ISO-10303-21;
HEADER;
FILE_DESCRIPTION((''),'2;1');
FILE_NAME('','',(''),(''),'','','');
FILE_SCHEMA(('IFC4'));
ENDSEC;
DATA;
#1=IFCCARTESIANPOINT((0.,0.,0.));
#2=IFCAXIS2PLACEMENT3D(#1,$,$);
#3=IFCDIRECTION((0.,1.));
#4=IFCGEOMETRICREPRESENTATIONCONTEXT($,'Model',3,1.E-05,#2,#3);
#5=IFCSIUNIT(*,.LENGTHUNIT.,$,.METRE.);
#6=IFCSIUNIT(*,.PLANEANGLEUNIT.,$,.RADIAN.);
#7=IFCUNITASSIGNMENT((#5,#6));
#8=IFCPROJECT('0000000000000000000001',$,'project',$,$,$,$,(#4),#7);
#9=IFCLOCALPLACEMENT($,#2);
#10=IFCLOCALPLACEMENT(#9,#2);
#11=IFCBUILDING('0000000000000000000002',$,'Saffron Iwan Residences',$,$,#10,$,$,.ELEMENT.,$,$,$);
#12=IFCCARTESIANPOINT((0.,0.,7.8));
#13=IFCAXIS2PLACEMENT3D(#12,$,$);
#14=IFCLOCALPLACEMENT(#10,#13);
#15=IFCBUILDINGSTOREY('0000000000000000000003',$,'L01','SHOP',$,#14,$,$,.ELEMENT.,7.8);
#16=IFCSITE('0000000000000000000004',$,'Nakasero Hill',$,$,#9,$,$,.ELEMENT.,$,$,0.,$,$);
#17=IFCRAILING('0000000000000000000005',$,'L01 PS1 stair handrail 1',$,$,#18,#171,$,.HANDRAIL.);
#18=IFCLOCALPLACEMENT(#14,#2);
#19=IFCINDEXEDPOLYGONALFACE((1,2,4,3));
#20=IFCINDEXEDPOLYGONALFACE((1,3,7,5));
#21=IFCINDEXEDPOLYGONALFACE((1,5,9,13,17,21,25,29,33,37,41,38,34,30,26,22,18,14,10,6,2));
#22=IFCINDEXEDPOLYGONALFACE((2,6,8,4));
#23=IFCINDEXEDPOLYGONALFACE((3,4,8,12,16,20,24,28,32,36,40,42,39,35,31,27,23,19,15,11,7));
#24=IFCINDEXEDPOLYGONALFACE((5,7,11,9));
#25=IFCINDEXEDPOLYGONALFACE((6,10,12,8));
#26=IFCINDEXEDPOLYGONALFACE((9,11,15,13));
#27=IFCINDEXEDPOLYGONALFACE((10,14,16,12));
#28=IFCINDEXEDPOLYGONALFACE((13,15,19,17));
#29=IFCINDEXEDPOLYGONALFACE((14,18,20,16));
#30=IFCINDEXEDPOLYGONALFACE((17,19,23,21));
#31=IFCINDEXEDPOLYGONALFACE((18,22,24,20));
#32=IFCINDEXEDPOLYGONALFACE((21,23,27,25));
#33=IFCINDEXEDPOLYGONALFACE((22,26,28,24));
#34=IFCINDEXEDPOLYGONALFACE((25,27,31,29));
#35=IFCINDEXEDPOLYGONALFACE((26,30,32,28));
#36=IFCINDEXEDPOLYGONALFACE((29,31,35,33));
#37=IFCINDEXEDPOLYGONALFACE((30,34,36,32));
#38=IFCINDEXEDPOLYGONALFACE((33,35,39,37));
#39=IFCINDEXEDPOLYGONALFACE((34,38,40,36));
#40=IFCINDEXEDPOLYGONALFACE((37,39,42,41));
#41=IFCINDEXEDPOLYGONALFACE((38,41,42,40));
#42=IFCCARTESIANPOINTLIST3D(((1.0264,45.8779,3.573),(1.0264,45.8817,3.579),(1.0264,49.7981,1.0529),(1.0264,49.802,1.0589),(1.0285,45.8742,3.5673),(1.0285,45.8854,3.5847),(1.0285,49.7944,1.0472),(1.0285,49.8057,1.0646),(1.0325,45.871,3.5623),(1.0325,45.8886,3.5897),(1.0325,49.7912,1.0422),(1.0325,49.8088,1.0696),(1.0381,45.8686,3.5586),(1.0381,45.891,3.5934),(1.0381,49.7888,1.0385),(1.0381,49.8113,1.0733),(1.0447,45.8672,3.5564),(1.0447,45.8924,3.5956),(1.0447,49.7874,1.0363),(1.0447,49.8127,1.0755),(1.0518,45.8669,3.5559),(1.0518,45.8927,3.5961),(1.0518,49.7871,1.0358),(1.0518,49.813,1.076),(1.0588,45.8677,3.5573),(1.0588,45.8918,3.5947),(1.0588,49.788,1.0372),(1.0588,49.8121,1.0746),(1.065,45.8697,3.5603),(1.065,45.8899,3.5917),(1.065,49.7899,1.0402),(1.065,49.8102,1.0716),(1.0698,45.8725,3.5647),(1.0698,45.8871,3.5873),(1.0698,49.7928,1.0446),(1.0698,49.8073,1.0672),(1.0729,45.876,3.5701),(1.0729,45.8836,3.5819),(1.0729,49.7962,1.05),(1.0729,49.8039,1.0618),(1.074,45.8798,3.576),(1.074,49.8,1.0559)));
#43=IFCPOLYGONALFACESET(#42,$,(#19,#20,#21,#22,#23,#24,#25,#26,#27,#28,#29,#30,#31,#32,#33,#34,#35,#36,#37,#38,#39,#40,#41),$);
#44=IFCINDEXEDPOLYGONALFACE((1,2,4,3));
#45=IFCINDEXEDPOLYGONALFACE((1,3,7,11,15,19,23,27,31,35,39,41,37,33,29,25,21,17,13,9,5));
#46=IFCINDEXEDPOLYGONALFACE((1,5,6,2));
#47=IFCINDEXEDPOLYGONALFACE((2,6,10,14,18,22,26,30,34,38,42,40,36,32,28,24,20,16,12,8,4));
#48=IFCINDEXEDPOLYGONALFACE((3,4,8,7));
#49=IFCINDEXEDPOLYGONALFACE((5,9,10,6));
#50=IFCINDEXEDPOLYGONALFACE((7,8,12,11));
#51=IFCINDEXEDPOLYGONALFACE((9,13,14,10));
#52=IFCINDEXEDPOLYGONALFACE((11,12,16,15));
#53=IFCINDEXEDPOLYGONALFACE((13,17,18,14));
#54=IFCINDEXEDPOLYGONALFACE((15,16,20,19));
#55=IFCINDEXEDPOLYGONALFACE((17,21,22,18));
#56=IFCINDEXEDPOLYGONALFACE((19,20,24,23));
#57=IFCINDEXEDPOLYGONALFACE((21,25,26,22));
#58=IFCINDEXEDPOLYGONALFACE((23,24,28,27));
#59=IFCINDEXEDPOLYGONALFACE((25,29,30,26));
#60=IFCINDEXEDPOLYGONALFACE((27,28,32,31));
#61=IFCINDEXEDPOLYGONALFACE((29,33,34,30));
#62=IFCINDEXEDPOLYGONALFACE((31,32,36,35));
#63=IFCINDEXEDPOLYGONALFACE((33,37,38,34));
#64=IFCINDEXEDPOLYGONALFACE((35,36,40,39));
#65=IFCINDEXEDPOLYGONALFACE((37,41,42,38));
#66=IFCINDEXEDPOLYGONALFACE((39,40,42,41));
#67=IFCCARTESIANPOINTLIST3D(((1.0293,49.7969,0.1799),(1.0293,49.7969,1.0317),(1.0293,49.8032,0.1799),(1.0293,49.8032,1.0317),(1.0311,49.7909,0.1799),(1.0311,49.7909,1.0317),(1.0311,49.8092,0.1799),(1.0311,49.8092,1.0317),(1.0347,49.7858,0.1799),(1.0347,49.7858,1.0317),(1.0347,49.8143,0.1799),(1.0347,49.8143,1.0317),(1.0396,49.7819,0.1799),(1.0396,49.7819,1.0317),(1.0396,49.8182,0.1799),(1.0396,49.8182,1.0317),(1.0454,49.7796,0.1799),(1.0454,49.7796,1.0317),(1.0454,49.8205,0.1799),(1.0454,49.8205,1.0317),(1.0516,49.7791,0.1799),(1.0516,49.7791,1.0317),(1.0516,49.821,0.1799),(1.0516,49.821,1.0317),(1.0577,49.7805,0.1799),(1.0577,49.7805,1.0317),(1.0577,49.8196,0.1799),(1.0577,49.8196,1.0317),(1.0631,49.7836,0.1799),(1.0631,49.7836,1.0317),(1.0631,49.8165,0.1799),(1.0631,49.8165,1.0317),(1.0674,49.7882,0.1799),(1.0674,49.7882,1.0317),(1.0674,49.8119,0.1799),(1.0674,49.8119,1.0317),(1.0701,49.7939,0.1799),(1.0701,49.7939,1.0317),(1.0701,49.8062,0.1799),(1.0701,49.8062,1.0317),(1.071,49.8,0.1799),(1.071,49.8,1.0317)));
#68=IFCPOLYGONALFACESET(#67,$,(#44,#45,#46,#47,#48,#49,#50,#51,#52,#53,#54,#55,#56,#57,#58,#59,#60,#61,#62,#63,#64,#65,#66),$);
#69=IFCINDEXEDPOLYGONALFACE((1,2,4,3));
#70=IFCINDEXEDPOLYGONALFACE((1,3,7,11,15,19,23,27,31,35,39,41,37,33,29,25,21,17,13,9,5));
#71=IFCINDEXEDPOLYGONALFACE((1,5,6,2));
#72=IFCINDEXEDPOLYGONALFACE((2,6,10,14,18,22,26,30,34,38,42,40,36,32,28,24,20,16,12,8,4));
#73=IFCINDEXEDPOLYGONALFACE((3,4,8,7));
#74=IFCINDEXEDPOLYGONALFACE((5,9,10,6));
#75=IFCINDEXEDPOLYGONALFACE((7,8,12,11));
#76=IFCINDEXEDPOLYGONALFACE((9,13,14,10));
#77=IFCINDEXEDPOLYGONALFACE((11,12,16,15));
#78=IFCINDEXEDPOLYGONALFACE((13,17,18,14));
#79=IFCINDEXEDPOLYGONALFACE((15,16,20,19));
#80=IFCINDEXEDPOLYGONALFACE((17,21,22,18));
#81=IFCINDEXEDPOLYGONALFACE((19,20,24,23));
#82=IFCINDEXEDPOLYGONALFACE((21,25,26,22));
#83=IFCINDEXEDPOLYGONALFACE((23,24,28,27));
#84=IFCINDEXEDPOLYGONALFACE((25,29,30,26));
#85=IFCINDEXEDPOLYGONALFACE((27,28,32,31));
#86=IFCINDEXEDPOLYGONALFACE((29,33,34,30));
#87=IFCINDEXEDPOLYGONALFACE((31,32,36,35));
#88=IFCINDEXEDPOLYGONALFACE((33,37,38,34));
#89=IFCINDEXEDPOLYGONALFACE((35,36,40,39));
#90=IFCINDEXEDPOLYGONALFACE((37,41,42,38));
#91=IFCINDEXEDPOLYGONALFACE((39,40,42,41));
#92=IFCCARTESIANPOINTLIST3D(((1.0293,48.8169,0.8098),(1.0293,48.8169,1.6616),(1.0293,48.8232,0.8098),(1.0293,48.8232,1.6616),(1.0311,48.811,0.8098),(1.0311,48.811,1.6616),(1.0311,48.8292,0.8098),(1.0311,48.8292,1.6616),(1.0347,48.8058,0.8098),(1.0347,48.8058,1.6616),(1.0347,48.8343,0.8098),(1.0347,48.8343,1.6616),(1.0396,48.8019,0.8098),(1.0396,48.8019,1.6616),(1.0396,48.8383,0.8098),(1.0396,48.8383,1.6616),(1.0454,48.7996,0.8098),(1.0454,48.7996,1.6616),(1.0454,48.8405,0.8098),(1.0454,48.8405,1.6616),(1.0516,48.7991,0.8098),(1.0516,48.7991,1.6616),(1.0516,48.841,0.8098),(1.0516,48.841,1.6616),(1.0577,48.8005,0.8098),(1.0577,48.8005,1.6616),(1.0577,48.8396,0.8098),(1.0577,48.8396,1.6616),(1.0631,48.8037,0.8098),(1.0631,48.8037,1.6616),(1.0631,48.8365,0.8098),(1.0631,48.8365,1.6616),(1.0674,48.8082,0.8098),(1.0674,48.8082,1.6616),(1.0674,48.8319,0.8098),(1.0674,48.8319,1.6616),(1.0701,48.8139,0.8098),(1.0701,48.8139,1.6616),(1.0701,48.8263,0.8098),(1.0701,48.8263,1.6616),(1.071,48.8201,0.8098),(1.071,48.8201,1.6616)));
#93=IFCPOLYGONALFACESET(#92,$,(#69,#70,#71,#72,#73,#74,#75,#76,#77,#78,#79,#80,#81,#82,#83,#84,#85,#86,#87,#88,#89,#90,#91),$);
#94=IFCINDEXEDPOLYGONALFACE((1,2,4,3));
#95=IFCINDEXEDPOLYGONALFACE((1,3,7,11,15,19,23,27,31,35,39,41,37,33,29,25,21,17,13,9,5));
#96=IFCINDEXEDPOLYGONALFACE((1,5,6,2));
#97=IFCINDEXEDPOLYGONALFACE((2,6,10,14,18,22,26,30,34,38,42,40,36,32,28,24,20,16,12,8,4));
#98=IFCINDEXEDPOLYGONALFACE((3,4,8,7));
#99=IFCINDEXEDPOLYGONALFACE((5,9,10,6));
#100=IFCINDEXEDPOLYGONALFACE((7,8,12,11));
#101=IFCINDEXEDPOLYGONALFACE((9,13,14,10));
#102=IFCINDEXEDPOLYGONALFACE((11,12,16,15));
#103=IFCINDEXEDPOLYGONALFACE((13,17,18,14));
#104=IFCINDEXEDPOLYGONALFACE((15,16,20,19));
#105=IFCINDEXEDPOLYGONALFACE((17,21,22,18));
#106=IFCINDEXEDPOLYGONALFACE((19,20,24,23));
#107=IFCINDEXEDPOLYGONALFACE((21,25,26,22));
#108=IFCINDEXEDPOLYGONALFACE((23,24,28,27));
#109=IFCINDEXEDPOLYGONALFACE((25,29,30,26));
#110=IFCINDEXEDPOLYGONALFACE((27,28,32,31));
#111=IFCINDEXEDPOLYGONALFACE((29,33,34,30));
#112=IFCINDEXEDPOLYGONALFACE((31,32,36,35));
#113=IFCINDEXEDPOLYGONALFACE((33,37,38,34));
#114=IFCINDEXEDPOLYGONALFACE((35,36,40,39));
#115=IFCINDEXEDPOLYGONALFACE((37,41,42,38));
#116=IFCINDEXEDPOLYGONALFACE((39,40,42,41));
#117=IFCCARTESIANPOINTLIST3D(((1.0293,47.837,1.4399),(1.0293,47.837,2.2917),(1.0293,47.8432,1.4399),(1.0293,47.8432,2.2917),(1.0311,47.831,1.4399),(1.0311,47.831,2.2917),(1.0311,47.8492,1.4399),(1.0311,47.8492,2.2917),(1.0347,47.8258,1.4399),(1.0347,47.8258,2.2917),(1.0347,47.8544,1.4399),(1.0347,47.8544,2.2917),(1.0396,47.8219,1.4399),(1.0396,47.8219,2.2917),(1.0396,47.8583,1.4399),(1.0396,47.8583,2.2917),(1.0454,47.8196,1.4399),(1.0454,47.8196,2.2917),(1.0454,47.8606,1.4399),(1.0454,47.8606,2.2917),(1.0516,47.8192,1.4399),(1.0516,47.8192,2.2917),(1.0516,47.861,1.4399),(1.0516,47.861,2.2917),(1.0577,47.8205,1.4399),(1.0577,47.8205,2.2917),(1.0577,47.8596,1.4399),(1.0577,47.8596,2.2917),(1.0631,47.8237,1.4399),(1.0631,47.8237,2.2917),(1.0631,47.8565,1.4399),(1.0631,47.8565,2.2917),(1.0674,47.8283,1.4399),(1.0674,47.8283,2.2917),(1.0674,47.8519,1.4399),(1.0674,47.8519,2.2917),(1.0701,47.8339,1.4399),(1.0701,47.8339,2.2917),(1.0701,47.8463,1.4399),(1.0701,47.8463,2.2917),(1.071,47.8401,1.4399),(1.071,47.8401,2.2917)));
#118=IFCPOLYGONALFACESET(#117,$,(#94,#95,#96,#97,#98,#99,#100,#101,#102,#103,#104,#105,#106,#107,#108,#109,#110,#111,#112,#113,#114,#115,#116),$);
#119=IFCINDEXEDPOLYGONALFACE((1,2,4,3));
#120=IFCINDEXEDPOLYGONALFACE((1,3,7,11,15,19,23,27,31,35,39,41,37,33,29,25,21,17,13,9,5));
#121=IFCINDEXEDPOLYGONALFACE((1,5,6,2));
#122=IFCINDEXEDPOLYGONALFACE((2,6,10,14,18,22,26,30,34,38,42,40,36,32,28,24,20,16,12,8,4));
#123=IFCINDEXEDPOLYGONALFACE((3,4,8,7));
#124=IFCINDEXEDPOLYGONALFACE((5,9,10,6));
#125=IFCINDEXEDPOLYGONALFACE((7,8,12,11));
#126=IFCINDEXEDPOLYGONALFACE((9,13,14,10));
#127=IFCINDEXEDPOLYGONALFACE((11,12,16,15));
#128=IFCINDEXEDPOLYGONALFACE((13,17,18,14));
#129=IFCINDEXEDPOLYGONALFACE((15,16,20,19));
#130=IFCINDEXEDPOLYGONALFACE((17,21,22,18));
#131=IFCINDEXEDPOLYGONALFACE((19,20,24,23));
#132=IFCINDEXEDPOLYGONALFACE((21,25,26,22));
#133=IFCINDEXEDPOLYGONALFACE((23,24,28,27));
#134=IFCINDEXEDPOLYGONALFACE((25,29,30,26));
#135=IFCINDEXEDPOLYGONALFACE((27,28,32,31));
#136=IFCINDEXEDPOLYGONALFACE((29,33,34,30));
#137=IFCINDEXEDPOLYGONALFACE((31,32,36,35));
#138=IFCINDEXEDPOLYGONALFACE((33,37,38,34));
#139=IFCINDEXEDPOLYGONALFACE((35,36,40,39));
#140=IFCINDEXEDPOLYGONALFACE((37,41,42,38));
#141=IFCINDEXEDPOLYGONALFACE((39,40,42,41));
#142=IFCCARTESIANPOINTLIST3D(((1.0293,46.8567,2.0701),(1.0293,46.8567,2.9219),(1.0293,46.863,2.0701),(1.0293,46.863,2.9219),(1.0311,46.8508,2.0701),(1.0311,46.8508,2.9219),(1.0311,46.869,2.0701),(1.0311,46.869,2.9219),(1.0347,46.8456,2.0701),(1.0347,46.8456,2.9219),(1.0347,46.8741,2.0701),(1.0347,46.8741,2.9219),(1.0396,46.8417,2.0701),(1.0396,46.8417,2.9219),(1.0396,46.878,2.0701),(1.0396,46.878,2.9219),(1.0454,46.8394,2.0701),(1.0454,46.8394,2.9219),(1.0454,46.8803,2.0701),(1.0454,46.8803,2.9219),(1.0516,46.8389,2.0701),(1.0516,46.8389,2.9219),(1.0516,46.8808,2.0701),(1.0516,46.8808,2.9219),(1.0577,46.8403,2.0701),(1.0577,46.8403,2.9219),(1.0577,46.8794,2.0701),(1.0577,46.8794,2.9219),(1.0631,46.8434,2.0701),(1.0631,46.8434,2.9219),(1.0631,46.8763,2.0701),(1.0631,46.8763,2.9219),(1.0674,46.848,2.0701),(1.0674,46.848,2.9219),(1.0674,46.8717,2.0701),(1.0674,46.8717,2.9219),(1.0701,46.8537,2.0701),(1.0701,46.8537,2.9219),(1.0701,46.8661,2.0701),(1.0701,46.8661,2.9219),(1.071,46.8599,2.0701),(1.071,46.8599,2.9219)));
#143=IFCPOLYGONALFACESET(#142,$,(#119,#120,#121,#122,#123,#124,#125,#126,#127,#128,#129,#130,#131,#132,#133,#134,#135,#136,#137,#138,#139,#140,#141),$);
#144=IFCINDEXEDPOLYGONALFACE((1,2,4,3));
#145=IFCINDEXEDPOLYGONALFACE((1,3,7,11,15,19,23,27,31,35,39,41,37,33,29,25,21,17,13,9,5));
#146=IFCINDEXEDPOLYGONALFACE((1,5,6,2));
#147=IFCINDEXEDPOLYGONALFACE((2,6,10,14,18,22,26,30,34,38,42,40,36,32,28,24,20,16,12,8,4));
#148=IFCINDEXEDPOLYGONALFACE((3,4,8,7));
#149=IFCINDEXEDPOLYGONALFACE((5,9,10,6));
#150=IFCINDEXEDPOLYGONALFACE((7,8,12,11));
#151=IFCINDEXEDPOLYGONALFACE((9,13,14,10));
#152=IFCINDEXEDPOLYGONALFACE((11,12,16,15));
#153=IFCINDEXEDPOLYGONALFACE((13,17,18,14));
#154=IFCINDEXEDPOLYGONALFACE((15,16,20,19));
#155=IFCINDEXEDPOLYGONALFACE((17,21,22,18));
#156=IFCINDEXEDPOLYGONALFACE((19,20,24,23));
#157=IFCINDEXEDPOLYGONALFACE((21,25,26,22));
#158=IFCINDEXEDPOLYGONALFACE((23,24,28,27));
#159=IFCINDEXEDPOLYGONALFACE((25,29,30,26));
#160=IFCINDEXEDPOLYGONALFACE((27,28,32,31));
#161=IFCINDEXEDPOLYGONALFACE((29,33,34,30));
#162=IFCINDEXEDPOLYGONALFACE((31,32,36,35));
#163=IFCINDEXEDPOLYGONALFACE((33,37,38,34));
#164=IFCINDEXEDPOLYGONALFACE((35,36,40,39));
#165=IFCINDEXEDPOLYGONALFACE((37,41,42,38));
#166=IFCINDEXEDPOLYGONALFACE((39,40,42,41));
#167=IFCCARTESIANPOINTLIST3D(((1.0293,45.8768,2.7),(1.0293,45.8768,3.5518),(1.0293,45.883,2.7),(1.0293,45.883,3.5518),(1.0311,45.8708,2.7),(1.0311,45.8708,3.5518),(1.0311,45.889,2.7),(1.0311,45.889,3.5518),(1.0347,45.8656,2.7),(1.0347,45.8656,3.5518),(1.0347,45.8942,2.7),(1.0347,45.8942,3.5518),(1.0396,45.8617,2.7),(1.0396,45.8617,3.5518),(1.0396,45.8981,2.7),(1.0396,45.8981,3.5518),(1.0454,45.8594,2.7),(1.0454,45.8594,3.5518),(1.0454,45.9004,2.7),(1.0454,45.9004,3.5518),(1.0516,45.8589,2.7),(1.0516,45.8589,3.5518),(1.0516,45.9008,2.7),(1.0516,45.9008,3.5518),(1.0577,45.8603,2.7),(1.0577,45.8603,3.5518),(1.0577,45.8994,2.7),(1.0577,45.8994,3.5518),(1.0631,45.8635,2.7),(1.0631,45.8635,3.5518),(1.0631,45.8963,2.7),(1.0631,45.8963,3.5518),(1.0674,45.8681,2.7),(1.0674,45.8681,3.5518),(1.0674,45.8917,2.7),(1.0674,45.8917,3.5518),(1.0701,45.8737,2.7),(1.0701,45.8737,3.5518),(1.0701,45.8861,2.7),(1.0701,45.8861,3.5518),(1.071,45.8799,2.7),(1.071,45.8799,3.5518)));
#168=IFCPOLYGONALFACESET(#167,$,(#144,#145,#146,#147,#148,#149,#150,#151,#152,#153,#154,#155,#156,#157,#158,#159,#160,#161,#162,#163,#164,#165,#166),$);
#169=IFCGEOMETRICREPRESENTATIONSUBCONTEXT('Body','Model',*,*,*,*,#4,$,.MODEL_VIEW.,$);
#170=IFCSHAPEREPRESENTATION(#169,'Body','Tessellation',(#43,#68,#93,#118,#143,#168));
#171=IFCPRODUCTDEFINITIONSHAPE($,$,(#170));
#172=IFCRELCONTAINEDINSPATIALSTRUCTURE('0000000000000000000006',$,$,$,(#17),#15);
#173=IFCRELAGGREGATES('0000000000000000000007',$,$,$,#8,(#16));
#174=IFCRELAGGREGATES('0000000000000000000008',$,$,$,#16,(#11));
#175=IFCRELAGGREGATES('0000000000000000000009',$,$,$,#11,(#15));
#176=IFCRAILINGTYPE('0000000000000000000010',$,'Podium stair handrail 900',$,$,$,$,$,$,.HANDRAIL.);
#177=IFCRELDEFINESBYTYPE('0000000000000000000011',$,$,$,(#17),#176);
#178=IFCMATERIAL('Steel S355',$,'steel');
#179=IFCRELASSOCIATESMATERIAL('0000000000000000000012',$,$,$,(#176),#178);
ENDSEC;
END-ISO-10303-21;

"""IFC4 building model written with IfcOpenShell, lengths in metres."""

from ifc_helpers import new_model, si_unit, direction, frame, origin, origin_2d, place, context, subcontext, project, spatial, circle, extrude, material, type_object, element, save


model = new_model("IFC4")

# Units and contexts
model_context = context("Model", 3, precision=1e-05, world=origin(), true_north=direction((0.0, 1.0)))
body_context = subcontext(model_context, "Body", "Model", "MODEL_VIEW")
ifc_project = project(units=[si_unit("LENGTHUNIT", "METRE"), si_unit("PLANEANGLEUNIT", "RADIAN")], contexts=[model_context])

# Site, building, storey
site_placement = place(None, origin())
site = spatial("IfcSite", under=ifc_project, at=site_placement, Name="Nakasero Hill", CompositionType="ELEMENT", RefElevation=0.0)
building_placement = place(site_placement, origin())
building = spatial("IfcBuilding", under=site, at=building_placement, Name="Saffron Iwan Residences", CompositionType="ELEMENT")
storey_placement = place(building_placement, frame((0.0, 0.0, 7.8)))
storey = spatial("IfcBuildingStorey", under=building, at=storey_placement, Name="L01", Description="SHOP", CompositionType="ELEMENT", Elevation=7.8)

# Railing
ifc_material_1 = material(Name="Steel S355", Category="steel")
railing_type_1 = type_object("IfcRailingType", Name="Podium stair handrail 900", PredefinedType="HANDRAIL", material=ifc_material_1)
railing_1_placement = place(storey_placement, frame((1.05, 49.8, 0.1799)))
element("IfcRailing", 1, at=railing_1_placement, inside=storey, type_object=railing_type_1, Name="L01 PS1 stair handrail 1", PredefinedType="HANDRAIL", context=body_context, shape_type="SweptSolid", body=[
    extrude(circle(Radius=0.0239, at=origin_2d()), frame((0.0, 0.0, 0.876), z_axis=(0.0, -0.841187, 0.540744), x_axis=(1.0, 0.0, 0.0)), (0.0, 0.0, 1.0), 4.6604),
    extrude(circle(Radius=0.021, at=origin_2d()), origin(), (0.0, 0.0, 1.0), 0.8518),
    extrude(circle(Radius=0.021, at=origin_2d()), frame((0.0, -0.98, 0.6299)), (0.0, 0.0, 1.0), 0.8518),
    extrude(circle(Radius=0.021, at=origin_2d()), frame((0.0, -1.96, 1.26)), (0.0, 0.0, 1.0), 0.8518),
    extrude(circle(Radius=0.021, at=origin_2d()), frame((0.0, -2.9402, 1.8901)), (0.0, 0.0, 1.0), 0.8518),
    extrude(circle(Radius=0.021, at=origin_2d()), frame((0.0, -3.9202, 2.52)), (0.0, 0.0, 1.0), 0.8518),
])

save(model, "model.ifc")
